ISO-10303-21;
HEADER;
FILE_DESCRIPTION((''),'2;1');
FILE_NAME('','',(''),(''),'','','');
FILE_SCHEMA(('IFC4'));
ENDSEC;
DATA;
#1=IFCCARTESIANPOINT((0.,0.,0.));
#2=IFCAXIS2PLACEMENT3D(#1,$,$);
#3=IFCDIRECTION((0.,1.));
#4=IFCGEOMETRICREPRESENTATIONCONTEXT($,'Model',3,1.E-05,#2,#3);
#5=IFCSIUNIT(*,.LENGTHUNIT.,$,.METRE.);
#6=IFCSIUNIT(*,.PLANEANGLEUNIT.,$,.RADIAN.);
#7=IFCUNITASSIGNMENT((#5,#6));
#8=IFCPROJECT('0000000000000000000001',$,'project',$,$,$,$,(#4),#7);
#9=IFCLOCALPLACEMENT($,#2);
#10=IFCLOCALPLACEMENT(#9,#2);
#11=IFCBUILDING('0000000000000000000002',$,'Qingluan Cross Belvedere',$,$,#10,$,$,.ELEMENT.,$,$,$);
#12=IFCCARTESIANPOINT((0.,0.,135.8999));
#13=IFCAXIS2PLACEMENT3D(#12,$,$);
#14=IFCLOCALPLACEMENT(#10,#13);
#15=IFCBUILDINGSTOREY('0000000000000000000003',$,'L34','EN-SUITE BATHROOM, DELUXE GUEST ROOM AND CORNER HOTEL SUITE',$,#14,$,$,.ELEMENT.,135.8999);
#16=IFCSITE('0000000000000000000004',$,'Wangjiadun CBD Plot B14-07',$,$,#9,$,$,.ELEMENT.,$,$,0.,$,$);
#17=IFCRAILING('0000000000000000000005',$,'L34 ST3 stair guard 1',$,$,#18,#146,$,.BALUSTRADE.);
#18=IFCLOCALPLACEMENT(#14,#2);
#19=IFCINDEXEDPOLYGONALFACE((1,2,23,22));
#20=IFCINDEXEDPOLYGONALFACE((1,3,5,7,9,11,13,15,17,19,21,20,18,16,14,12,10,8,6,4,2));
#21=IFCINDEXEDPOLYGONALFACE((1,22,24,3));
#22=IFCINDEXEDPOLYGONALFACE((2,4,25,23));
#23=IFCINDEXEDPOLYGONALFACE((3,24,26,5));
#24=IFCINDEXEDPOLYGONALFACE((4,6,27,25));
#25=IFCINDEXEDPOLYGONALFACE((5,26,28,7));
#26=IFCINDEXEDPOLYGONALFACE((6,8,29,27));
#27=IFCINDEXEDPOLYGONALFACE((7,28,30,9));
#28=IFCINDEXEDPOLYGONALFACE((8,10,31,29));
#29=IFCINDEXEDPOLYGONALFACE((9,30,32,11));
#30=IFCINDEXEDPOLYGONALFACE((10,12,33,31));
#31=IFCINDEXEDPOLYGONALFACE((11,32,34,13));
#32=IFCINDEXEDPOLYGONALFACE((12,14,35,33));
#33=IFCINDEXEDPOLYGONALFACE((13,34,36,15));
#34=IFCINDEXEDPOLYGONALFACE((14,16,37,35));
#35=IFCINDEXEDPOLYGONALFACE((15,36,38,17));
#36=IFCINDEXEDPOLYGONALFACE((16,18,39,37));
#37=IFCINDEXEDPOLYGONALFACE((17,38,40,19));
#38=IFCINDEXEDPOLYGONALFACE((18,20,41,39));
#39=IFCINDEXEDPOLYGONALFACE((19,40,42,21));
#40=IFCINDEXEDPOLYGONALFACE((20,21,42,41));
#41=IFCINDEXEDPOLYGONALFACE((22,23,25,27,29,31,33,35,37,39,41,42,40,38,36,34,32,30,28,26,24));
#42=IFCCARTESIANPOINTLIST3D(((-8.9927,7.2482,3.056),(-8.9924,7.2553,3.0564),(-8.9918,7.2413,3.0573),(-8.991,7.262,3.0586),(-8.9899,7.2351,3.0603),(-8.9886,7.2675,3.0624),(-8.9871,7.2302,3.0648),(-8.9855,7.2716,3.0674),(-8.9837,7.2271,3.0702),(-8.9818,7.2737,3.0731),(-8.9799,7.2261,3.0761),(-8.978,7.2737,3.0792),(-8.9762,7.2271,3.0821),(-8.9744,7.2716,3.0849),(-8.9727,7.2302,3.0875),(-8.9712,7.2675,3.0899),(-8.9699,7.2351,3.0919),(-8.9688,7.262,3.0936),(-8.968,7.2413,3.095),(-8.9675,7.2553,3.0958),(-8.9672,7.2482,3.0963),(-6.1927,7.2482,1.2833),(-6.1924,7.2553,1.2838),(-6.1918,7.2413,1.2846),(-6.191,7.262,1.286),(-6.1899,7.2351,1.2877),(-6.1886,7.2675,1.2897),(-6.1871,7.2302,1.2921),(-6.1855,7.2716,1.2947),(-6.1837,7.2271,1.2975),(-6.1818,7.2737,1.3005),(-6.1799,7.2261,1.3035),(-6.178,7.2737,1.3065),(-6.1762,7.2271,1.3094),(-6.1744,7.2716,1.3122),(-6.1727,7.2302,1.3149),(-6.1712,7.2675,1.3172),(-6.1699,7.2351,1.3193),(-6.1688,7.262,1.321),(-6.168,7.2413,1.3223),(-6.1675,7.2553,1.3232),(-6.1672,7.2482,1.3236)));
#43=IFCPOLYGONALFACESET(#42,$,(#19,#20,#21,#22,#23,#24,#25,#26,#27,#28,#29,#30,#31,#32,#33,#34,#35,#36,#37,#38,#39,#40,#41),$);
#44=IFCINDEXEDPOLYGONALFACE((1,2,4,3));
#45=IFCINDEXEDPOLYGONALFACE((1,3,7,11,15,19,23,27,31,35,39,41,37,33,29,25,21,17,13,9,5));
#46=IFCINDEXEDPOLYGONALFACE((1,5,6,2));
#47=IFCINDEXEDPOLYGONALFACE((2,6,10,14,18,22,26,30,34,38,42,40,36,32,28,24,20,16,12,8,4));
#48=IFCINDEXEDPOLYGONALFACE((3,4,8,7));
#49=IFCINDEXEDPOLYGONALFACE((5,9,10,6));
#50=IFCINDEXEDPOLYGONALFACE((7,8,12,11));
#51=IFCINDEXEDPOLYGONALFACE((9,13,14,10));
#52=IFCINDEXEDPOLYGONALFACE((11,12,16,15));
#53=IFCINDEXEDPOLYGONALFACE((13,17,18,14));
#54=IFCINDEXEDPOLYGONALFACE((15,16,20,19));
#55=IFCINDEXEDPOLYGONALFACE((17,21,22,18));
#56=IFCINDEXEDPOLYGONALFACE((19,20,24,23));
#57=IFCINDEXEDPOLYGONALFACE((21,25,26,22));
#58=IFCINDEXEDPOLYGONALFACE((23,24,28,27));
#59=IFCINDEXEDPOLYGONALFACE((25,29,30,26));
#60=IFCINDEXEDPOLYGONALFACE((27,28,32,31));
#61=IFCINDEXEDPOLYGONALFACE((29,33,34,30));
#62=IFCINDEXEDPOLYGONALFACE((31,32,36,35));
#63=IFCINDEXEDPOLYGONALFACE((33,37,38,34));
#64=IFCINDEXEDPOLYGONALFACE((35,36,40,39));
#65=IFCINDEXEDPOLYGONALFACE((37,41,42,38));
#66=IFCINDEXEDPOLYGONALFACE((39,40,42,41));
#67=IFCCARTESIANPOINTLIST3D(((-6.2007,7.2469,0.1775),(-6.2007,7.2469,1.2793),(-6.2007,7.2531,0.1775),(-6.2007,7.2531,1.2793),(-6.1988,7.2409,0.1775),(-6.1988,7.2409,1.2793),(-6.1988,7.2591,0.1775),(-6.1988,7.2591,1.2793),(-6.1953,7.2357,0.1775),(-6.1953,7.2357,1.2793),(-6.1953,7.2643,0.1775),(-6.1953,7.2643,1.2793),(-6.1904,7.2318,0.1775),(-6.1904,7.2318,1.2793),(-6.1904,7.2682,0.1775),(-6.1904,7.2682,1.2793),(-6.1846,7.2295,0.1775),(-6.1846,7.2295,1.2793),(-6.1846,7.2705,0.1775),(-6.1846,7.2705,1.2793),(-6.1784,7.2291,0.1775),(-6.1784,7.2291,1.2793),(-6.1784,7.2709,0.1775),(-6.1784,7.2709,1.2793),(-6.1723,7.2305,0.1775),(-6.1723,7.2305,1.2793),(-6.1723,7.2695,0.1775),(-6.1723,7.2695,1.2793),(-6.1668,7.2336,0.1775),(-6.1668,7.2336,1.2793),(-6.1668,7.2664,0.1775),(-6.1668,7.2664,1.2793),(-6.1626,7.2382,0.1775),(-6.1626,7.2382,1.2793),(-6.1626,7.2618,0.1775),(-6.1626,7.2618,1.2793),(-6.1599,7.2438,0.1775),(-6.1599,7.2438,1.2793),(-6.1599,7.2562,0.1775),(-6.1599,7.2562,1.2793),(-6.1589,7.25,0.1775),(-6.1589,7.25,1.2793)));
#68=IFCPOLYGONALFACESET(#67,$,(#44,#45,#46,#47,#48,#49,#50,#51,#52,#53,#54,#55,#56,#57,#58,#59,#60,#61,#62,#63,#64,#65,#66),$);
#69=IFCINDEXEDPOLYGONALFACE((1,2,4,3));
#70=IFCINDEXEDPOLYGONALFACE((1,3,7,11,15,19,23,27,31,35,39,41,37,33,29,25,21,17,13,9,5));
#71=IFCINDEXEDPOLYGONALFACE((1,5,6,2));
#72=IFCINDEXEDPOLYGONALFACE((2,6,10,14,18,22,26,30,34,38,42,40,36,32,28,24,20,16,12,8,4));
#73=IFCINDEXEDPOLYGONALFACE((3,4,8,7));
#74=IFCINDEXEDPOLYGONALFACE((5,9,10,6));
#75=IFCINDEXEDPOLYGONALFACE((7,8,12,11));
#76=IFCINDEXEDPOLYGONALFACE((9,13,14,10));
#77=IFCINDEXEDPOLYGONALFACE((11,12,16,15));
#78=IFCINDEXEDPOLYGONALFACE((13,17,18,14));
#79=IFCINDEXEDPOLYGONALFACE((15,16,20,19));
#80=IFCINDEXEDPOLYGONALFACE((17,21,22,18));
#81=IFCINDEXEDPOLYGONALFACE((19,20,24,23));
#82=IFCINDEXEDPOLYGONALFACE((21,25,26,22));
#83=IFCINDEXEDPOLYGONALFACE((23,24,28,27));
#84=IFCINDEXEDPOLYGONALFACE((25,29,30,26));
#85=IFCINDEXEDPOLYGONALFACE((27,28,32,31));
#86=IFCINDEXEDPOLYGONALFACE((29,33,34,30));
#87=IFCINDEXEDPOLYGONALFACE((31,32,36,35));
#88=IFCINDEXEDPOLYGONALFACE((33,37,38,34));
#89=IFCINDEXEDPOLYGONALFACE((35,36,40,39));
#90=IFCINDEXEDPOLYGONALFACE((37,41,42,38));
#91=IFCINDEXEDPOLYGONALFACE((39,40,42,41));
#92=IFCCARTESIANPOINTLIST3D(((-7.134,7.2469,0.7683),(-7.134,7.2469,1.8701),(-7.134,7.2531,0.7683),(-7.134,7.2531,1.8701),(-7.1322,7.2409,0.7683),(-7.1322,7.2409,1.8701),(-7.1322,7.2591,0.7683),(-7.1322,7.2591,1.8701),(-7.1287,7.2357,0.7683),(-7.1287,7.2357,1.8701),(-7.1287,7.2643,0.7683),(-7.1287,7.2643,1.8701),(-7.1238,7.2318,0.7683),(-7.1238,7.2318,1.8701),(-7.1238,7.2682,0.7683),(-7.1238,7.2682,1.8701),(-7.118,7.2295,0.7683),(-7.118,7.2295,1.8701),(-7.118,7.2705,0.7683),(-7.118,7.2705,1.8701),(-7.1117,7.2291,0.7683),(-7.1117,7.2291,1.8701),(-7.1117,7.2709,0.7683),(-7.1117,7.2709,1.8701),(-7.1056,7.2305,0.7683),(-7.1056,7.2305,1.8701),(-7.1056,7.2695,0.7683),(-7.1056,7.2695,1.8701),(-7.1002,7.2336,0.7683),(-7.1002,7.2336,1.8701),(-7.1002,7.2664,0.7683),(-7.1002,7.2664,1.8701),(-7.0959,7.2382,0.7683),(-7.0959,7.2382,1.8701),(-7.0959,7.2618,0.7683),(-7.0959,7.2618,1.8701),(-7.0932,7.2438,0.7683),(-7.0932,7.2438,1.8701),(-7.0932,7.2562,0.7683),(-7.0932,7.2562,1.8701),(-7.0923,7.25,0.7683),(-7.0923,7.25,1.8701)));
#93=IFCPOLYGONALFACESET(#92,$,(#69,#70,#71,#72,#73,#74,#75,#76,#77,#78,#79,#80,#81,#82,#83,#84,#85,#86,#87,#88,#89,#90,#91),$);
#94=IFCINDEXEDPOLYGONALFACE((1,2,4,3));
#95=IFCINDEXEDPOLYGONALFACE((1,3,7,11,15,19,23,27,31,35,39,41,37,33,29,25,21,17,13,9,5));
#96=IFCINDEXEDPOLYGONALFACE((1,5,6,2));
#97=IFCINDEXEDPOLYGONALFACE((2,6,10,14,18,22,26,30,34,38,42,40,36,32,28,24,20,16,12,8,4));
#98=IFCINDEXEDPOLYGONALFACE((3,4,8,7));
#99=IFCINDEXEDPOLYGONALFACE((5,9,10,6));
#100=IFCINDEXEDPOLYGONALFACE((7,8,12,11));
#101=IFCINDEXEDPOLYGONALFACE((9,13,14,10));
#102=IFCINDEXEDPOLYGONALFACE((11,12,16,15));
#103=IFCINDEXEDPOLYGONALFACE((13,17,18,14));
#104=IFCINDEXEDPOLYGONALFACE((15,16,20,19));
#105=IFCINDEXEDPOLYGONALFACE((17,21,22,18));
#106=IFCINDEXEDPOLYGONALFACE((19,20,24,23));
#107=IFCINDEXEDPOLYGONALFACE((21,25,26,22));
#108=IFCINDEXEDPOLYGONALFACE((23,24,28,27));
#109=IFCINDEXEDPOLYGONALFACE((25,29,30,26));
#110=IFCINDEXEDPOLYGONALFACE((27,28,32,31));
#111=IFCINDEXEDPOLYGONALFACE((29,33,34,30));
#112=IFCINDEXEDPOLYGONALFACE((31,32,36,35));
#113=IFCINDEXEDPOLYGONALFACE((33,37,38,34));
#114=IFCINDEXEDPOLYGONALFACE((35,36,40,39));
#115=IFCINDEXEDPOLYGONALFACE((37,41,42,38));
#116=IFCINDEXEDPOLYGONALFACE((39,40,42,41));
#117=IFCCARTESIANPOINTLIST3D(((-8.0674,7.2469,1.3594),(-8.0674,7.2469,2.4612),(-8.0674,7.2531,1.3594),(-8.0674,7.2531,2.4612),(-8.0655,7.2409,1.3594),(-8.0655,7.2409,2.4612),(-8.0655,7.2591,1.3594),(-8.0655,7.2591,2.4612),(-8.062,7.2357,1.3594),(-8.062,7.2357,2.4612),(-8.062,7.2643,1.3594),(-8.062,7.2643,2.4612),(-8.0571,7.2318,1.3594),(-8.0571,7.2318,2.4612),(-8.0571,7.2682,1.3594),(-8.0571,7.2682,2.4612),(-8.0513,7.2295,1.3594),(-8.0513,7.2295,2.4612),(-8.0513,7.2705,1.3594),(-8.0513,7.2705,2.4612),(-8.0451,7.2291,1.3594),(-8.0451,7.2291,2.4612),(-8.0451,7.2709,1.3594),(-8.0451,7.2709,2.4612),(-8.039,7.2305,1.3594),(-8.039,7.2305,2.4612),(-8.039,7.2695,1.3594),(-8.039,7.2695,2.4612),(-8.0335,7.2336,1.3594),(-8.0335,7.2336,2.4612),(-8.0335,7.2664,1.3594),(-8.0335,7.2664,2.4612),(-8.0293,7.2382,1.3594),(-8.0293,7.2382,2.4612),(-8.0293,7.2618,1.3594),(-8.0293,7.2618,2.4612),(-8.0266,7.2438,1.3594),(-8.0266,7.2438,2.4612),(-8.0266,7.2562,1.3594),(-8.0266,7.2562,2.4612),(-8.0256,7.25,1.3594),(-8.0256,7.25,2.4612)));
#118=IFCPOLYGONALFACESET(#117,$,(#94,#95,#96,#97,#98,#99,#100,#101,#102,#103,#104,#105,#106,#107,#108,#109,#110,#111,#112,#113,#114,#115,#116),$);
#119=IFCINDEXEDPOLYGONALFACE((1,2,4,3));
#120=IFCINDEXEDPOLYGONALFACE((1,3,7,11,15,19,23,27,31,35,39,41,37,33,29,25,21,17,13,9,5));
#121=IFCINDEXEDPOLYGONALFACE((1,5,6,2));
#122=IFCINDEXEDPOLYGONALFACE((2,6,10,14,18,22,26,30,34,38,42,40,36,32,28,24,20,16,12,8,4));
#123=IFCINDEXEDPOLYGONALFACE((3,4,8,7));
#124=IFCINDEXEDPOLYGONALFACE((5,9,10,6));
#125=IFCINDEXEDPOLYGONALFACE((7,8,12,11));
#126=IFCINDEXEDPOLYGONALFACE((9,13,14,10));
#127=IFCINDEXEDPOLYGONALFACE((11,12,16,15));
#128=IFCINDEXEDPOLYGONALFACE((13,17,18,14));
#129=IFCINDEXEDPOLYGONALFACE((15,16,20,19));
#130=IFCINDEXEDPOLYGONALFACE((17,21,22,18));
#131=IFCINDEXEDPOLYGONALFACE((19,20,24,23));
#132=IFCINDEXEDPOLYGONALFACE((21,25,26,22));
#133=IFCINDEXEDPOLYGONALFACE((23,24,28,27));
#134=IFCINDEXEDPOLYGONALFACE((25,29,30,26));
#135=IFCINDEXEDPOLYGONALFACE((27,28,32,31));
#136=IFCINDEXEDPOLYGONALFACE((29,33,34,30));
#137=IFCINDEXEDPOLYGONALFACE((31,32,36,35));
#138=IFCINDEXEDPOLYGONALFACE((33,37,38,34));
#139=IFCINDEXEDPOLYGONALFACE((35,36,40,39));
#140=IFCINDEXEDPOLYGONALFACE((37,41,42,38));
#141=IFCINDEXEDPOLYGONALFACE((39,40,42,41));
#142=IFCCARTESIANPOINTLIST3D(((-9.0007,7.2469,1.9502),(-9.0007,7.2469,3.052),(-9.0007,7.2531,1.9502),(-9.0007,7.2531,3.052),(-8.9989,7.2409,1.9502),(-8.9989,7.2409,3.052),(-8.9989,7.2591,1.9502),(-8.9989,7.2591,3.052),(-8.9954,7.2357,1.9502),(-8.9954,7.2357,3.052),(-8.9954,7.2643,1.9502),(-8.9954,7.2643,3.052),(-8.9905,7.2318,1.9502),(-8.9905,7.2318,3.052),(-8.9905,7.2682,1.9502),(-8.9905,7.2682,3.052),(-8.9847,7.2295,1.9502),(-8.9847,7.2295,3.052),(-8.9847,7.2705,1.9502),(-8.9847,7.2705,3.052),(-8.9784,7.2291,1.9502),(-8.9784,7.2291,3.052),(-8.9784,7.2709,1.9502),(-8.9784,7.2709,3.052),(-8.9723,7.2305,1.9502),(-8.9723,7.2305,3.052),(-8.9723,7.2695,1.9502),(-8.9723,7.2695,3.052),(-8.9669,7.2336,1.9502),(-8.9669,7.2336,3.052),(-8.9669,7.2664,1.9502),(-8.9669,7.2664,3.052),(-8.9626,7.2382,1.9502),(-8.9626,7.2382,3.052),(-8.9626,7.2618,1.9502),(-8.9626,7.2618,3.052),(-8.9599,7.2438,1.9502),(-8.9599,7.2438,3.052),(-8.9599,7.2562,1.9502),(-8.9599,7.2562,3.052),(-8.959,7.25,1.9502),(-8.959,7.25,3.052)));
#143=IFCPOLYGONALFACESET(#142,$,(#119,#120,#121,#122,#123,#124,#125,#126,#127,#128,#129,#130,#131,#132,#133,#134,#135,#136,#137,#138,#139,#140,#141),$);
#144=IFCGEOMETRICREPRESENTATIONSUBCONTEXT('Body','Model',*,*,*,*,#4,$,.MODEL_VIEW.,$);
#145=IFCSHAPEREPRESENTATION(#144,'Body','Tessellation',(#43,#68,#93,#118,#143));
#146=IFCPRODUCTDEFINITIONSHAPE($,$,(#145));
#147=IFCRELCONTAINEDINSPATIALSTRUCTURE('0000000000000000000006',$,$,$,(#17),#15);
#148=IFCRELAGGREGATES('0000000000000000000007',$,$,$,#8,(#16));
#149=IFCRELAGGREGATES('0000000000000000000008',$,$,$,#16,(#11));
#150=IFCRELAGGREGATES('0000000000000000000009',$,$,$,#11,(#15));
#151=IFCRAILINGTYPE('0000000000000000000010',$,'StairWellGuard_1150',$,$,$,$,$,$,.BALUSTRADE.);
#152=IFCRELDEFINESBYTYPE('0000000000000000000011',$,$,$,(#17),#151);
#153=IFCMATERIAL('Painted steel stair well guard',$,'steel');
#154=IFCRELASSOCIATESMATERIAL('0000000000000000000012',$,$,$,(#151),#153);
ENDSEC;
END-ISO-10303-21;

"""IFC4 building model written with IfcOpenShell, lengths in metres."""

from ifc_helpers import new_model, si_unit, direction, frame, origin, origin_2d, place, context, subcontext, project, spatial, circle, extrude, material, type_object, element, save


model = new_model("IFC4")

# Units and contexts
model_context = context("Model", 3, precision=1e-05, world=origin(), true_north=direction((0.0, 1.0)))
body_context = subcontext(model_context, "Body", "Model", "MODEL_VIEW")
ifc_project = project(units=[si_unit("LENGTHUNIT", "METRE"), si_unit("PLANEANGLEUNIT", "RADIAN")], contexts=[model_context])

# Site, building, storey
site_placement = place(None, origin())
site = spatial("IfcSite", under=ifc_project, at=site_placement, Name="Wangjiadun CBD Plot B14-07", CompositionType="ELEMENT", RefElevation=0.0)
building_placement = place(site_placement, origin())
building = spatial("IfcBuilding", under=site, at=building_placement, Name="Qingluan Cross Belvedere", CompositionType="ELEMENT")
storey_placement = place(building_placement, frame((0.0, 0.0, 135.8999)))
storey = spatial("IfcBuildingStorey", under=building, at=storey_placement, Name="L34", Description="EN-SUITE BATHROOM, DELUXE GUEST ROOM AND CORNER HOTEL SUITE", CompositionType="ELEMENT", Elevation=135.8999)

# Railing
ifc_material_1 = material(Name="Painted steel stair well guard", Category="steel")
railing_type_1 = type_object("IfcRailingType", Name="StairWellGuard_1150", PredefinedType="BALUSTRADE", material=ifc_material_1)
railing_1_placement = place(storey_placement, frame((-6.1799, 7.25, 0.1775)))
element("IfcRailing", 1, at=railing_1_placement, inside=storey, type_object=railing_type_1, Name="L34 ST3 stair guard 1", PredefinedType="BALUSTRADE", context=body_context, shape_type="SweptSolid", body=[
    extrude(circle(Radius=0.0239, at=origin_2d()), frame((0.0, 0.0, 1.126), z_axis=(-0.844909, 0.0, 0.53491), x_axis=(0.0, -1.0, 0.0)), (0.0, 0.0, 1.0), 3.314),
    extrude(circle(Radius=0.021, at=origin_2d()), origin(), (0.0, 0.0, 1.0), 1.1018),
    extrude(circle(Radius=0.021, at=origin_2d()), frame((-0.9333, 0.0, 0.5908)), (0.0, 0.0, 1.0), 1.1018),
    extrude(circle(Radius=0.021, at=origin_2d()), frame((-1.8667, 0.0, 1.1819)), (0.0, 0.0, 1.0), 1.1018),
    extrude(circle(Radius=0.021, at=origin_2d()), frame((-2.8, 0.0, 1.7727)), (0.0, 0.0, 1.0), 1.1018),
])

save(model, "model.ifc")
